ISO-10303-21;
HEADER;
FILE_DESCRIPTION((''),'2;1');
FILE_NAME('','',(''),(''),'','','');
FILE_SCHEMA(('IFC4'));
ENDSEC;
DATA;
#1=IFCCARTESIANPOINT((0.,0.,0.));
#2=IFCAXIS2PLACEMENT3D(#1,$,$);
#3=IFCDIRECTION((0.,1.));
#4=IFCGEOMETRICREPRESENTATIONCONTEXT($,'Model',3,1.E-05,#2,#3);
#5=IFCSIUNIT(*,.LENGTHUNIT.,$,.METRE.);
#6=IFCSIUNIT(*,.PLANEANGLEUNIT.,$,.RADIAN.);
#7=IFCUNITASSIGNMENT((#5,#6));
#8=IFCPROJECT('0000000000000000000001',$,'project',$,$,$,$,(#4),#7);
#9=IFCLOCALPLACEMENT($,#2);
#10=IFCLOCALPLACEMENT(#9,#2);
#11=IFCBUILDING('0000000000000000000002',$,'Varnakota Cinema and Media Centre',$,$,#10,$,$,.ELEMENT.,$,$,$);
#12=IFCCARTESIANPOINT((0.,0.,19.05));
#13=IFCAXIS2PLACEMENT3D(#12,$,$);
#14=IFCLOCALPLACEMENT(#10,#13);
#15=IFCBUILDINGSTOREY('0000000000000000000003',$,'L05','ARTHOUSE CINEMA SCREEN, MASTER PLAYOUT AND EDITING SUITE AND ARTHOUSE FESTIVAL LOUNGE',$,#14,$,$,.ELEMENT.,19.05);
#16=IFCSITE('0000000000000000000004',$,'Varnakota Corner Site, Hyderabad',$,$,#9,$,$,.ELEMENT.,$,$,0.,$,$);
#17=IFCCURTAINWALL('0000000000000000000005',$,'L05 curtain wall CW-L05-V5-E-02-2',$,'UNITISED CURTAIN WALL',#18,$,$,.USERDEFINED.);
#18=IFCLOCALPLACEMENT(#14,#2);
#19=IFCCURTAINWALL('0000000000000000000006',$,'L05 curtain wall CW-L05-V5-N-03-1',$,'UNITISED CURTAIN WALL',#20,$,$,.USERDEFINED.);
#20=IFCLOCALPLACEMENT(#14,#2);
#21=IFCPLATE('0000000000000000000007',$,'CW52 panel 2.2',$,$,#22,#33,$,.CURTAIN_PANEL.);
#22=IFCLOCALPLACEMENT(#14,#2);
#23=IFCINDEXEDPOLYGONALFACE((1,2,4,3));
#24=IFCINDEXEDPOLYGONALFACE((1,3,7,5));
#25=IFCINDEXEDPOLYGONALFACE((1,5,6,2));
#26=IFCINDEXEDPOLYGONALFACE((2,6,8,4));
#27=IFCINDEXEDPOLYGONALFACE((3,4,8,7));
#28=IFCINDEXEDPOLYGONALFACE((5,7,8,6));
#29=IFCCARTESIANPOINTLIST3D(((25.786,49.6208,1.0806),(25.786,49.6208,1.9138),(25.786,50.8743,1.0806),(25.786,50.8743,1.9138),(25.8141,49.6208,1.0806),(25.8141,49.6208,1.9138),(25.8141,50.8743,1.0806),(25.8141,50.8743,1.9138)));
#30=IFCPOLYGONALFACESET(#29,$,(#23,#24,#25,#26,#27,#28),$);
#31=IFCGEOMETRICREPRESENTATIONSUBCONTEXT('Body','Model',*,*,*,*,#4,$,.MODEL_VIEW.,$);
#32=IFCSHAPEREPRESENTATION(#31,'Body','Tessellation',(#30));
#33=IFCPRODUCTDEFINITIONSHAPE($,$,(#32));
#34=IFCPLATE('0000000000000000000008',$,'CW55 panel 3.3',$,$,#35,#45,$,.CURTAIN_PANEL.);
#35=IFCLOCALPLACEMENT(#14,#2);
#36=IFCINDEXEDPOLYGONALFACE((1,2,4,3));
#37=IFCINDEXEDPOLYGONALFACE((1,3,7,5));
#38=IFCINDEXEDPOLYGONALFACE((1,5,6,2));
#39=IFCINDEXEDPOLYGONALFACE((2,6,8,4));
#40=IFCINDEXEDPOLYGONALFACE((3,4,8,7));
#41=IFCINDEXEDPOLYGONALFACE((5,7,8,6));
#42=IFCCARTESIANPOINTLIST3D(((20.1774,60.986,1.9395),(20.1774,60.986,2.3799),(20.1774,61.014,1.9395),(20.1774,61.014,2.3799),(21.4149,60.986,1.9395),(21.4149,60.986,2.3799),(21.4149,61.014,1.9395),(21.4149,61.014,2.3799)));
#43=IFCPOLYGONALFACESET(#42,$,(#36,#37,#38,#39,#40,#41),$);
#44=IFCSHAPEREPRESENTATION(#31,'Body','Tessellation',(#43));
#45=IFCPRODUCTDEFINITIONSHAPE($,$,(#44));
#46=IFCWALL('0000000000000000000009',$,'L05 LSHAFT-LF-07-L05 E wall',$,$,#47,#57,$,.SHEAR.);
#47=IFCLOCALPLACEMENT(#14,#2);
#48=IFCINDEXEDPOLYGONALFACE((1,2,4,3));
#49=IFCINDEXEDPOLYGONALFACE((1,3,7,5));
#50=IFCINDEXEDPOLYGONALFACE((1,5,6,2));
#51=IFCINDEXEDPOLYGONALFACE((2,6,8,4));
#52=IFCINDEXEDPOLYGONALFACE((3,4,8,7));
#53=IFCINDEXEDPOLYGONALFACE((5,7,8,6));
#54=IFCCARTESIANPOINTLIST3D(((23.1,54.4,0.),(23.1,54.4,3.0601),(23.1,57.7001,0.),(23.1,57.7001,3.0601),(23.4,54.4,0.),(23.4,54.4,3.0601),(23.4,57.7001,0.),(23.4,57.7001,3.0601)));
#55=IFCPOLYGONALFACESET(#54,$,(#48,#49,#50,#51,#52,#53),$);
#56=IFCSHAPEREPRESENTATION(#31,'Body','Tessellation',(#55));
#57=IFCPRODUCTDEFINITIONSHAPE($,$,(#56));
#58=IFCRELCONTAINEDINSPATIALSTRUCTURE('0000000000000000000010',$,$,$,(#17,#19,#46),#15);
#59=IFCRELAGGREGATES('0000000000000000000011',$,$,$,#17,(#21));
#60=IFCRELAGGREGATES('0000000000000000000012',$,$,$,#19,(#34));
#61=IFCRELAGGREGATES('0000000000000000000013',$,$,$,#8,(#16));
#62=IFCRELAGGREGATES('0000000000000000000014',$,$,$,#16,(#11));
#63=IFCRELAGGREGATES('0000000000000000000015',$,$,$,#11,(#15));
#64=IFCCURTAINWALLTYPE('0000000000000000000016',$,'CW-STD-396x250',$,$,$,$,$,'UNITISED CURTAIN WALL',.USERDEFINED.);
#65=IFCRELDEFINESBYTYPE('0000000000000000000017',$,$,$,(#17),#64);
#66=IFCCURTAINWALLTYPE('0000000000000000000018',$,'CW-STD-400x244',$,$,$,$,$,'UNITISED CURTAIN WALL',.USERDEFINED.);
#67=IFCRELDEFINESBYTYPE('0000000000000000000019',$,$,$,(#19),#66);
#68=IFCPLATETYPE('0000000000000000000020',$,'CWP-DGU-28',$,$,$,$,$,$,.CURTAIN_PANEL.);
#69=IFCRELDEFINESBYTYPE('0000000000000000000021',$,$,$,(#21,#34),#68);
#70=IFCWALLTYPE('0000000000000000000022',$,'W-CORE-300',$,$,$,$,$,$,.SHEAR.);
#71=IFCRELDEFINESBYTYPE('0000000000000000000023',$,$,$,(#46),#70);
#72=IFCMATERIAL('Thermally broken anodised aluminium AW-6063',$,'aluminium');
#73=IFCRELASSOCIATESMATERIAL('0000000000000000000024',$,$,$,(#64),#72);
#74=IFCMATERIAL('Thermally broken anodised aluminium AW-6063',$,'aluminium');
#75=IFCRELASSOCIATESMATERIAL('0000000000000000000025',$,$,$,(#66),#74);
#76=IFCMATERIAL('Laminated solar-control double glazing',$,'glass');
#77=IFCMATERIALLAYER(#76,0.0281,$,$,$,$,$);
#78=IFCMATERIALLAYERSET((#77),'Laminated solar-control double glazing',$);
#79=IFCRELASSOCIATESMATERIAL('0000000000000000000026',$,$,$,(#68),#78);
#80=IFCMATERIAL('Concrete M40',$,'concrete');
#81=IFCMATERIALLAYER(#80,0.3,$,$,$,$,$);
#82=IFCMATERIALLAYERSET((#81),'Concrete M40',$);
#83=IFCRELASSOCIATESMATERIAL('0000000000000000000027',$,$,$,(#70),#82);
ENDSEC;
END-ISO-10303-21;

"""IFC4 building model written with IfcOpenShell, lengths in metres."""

from ifc_helpers import new_model, si_unit, direction, frame, frame_2d, origin, origin_2d, place, context, subcontext, project, spatial, rectangle, extrude, material, layer, layer_set, type_object, element, aggregate, save


model = new_model("IFC4")

# Units and contexts
model_context = context("Model", 3, precision=1e-05, world=origin(), true_north=direction((0.0, 1.0)))
body_context = subcontext(model_context, "Body", "Model", "MODEL_VIEW")
ifc_project = project(units=[si_unit("LENGTHUNIT", "METRE"), si_unit("PLANEANGLEUNIT", "RADIAN")], contexts=[model_context])

# Site, building, storey
site_placement = place(None, origin())
site = spatial("IfcSite", under=ifc_project, at=site_placement, Name="Varnakota Corner Site, Hyderabad", CompositionType="ELEMENT", RefElevation=0.0)
building_placement = place(site_placement, origin())
building = spatial("IfcBuilding", under=site, at=building_placement, Name="Varnakota Cinema and Media Centre", CompositionType="ELEMENT")
storey_placement = place(building_placement, frame((0.0, 0.0, 19.05)))
storey = spatial("IfcBuildingStorey", under=building, at=storey_placement, Name="L05", Description="ARTHOUSE CINEMA SCREEN, MASTER PLAYOUT AND EDITING SUITE AND ARTHOUSE FESTIVAL LOUNGE", CompositionType="ELEMENT", Elevation=19.05)

# Shared definitions
ifc_material_1 = material(Name="Thermally broken anodised aluminium AW-6063", Category="aluminium")
curtain_wall_type_1 = type_object("IfcCurtainWallType", Name="CW-STD-396x250", ElementType="UNITISED CURTAIN WALL", PredefinedType="USERDEFINED", material=ifc_material_1)

# Curtain wall
curtain_wall_1_placement = place(storey_placement, origin())
curtain_wall_1 = element("IfcCurtainWall", 1, at=curtain_wall_1_placement, inside=storey, type_object=curtain_wall_type_1, Name="L05 curtain wall CW-L05-V5-E-02-2", ObjectType="UNITISED CURTAIN WALL", PredefinedType="USERDEFINED")

# Curtain wall
ifc_material_2 = material(Name="Thermally broken anodised aluminium AW-6063", Category="aluminium")
curtain_wall_type_2 = type_object("IfcCurtainWallType", Name="CW-STD-400x244", ElementType="UNITISED CURTAIN WALL", PredefinedType="USERDEFINED", material=ifc_material_2)
curtain_wall_2_placement = place(storey_placement, origin())
curtain_wall_2 = element("IfcCurtainWall", 2, at=curtain_wall_2_placement, inside=storey, type_object=curtain_wall_type_2, Name="L05 curtain wall CW-L05-V5-N-03-1", ObjectType="UNITISED CURTAIN WALL", PredefinedType="USERDEFINED")

# Plates
ifc_material_3 = material(Name="Laminated solar-control double glazing", Category="glass")
ifc_layer_1 = layer(ifc_material_3, 0.0281)
ifc_layer_set_1 = layer_set([ifc_layer_1], Name="Laminated solar-control double glazing")
plate_type = type_object("IfcPlateType", Name="CWP-DGU-28", PredefinedType="CURTAIN_PANEL", material=ifc_layer_set_1)
plate_1_placement = place(storey_placement, frame((25.8, 50.2476, 1.0806), z_axis=(0.0, 0.0, 1.0), x_axis=(0.0, 1.0, 0.0)))
plate_1 = element("IfcPlate", 3, at=plate_1_placement, type_object=plate_type, Name="CW52 panel 2.2", PredefinedType="CURTAIN_PANEL", context=body_context, shape_type="SweptSolid", body=[
    extrude(rectangle(XDim=1.2534, YDim=0.0281, at=origin_2d()), origin(), (0.0, 0.0, 1.0), 0.8333),
])
aggregate(curtain_wall_1, [plate_1])
plate_2_placement = place(storey_placement, frame((20.7961, 61.0, 1.9395), z_axis=(0.0, 0.0, 1.0), x_axis=(1.0, 0.0, 0.0)))
plate_2 = element("IfcPlate", 4, at=plate_2_placement, type_object=plate_type, Name="CW55 panel 3.3", PredefinedType="CURTAIN_PANEL", context=body_context, shape_type="SweptSolid", body=[
    extrude(rectangle(XDim=1.2375, YDim=0.0281, at=origin_2d()), origin(), (0.0, 0.0, 1.0), 0.4404),
])
aggregate(curtain_wall_2, [plate_2])

# Shared definitions
ifc_material_4 = material(Name="Concrete M40", Category="concrete")
ifc_layer_2 = layer(ifc_material_4, 0.3)
ifc_layer_set_2 = layer_set([ifc_layer_2], Name="Concrete M40")
wall_type = type_object("IfcWallType", Name="W-CORE-300", PredefinedType="SHEAR", material=ifc_layer_set_2)

# Wall
wall_1_placement = place(storey_placement, frame((23.25, 57.7, 0.0), z_axis=(0.0, 0.0, 1.0), x_axis=(0.0, -1.0, 0.0)))
element("IfcWall", 5, at=wall_1_placement, inside=storey, type_object=wall_type, Name="L05 LSHAFT-LF-07-L05 E wall", PredefinedType="SHEAR", context=body_context, shape_type="SweptSolid", body=[
    extrude(rectangle(XDim=3.3, YDim=0.3, at=frame_2d((1.6499, 0.0))), origin(), (0.0, 0.0, 1.0), 3.0601),
])

save(model, "model.ifc")
